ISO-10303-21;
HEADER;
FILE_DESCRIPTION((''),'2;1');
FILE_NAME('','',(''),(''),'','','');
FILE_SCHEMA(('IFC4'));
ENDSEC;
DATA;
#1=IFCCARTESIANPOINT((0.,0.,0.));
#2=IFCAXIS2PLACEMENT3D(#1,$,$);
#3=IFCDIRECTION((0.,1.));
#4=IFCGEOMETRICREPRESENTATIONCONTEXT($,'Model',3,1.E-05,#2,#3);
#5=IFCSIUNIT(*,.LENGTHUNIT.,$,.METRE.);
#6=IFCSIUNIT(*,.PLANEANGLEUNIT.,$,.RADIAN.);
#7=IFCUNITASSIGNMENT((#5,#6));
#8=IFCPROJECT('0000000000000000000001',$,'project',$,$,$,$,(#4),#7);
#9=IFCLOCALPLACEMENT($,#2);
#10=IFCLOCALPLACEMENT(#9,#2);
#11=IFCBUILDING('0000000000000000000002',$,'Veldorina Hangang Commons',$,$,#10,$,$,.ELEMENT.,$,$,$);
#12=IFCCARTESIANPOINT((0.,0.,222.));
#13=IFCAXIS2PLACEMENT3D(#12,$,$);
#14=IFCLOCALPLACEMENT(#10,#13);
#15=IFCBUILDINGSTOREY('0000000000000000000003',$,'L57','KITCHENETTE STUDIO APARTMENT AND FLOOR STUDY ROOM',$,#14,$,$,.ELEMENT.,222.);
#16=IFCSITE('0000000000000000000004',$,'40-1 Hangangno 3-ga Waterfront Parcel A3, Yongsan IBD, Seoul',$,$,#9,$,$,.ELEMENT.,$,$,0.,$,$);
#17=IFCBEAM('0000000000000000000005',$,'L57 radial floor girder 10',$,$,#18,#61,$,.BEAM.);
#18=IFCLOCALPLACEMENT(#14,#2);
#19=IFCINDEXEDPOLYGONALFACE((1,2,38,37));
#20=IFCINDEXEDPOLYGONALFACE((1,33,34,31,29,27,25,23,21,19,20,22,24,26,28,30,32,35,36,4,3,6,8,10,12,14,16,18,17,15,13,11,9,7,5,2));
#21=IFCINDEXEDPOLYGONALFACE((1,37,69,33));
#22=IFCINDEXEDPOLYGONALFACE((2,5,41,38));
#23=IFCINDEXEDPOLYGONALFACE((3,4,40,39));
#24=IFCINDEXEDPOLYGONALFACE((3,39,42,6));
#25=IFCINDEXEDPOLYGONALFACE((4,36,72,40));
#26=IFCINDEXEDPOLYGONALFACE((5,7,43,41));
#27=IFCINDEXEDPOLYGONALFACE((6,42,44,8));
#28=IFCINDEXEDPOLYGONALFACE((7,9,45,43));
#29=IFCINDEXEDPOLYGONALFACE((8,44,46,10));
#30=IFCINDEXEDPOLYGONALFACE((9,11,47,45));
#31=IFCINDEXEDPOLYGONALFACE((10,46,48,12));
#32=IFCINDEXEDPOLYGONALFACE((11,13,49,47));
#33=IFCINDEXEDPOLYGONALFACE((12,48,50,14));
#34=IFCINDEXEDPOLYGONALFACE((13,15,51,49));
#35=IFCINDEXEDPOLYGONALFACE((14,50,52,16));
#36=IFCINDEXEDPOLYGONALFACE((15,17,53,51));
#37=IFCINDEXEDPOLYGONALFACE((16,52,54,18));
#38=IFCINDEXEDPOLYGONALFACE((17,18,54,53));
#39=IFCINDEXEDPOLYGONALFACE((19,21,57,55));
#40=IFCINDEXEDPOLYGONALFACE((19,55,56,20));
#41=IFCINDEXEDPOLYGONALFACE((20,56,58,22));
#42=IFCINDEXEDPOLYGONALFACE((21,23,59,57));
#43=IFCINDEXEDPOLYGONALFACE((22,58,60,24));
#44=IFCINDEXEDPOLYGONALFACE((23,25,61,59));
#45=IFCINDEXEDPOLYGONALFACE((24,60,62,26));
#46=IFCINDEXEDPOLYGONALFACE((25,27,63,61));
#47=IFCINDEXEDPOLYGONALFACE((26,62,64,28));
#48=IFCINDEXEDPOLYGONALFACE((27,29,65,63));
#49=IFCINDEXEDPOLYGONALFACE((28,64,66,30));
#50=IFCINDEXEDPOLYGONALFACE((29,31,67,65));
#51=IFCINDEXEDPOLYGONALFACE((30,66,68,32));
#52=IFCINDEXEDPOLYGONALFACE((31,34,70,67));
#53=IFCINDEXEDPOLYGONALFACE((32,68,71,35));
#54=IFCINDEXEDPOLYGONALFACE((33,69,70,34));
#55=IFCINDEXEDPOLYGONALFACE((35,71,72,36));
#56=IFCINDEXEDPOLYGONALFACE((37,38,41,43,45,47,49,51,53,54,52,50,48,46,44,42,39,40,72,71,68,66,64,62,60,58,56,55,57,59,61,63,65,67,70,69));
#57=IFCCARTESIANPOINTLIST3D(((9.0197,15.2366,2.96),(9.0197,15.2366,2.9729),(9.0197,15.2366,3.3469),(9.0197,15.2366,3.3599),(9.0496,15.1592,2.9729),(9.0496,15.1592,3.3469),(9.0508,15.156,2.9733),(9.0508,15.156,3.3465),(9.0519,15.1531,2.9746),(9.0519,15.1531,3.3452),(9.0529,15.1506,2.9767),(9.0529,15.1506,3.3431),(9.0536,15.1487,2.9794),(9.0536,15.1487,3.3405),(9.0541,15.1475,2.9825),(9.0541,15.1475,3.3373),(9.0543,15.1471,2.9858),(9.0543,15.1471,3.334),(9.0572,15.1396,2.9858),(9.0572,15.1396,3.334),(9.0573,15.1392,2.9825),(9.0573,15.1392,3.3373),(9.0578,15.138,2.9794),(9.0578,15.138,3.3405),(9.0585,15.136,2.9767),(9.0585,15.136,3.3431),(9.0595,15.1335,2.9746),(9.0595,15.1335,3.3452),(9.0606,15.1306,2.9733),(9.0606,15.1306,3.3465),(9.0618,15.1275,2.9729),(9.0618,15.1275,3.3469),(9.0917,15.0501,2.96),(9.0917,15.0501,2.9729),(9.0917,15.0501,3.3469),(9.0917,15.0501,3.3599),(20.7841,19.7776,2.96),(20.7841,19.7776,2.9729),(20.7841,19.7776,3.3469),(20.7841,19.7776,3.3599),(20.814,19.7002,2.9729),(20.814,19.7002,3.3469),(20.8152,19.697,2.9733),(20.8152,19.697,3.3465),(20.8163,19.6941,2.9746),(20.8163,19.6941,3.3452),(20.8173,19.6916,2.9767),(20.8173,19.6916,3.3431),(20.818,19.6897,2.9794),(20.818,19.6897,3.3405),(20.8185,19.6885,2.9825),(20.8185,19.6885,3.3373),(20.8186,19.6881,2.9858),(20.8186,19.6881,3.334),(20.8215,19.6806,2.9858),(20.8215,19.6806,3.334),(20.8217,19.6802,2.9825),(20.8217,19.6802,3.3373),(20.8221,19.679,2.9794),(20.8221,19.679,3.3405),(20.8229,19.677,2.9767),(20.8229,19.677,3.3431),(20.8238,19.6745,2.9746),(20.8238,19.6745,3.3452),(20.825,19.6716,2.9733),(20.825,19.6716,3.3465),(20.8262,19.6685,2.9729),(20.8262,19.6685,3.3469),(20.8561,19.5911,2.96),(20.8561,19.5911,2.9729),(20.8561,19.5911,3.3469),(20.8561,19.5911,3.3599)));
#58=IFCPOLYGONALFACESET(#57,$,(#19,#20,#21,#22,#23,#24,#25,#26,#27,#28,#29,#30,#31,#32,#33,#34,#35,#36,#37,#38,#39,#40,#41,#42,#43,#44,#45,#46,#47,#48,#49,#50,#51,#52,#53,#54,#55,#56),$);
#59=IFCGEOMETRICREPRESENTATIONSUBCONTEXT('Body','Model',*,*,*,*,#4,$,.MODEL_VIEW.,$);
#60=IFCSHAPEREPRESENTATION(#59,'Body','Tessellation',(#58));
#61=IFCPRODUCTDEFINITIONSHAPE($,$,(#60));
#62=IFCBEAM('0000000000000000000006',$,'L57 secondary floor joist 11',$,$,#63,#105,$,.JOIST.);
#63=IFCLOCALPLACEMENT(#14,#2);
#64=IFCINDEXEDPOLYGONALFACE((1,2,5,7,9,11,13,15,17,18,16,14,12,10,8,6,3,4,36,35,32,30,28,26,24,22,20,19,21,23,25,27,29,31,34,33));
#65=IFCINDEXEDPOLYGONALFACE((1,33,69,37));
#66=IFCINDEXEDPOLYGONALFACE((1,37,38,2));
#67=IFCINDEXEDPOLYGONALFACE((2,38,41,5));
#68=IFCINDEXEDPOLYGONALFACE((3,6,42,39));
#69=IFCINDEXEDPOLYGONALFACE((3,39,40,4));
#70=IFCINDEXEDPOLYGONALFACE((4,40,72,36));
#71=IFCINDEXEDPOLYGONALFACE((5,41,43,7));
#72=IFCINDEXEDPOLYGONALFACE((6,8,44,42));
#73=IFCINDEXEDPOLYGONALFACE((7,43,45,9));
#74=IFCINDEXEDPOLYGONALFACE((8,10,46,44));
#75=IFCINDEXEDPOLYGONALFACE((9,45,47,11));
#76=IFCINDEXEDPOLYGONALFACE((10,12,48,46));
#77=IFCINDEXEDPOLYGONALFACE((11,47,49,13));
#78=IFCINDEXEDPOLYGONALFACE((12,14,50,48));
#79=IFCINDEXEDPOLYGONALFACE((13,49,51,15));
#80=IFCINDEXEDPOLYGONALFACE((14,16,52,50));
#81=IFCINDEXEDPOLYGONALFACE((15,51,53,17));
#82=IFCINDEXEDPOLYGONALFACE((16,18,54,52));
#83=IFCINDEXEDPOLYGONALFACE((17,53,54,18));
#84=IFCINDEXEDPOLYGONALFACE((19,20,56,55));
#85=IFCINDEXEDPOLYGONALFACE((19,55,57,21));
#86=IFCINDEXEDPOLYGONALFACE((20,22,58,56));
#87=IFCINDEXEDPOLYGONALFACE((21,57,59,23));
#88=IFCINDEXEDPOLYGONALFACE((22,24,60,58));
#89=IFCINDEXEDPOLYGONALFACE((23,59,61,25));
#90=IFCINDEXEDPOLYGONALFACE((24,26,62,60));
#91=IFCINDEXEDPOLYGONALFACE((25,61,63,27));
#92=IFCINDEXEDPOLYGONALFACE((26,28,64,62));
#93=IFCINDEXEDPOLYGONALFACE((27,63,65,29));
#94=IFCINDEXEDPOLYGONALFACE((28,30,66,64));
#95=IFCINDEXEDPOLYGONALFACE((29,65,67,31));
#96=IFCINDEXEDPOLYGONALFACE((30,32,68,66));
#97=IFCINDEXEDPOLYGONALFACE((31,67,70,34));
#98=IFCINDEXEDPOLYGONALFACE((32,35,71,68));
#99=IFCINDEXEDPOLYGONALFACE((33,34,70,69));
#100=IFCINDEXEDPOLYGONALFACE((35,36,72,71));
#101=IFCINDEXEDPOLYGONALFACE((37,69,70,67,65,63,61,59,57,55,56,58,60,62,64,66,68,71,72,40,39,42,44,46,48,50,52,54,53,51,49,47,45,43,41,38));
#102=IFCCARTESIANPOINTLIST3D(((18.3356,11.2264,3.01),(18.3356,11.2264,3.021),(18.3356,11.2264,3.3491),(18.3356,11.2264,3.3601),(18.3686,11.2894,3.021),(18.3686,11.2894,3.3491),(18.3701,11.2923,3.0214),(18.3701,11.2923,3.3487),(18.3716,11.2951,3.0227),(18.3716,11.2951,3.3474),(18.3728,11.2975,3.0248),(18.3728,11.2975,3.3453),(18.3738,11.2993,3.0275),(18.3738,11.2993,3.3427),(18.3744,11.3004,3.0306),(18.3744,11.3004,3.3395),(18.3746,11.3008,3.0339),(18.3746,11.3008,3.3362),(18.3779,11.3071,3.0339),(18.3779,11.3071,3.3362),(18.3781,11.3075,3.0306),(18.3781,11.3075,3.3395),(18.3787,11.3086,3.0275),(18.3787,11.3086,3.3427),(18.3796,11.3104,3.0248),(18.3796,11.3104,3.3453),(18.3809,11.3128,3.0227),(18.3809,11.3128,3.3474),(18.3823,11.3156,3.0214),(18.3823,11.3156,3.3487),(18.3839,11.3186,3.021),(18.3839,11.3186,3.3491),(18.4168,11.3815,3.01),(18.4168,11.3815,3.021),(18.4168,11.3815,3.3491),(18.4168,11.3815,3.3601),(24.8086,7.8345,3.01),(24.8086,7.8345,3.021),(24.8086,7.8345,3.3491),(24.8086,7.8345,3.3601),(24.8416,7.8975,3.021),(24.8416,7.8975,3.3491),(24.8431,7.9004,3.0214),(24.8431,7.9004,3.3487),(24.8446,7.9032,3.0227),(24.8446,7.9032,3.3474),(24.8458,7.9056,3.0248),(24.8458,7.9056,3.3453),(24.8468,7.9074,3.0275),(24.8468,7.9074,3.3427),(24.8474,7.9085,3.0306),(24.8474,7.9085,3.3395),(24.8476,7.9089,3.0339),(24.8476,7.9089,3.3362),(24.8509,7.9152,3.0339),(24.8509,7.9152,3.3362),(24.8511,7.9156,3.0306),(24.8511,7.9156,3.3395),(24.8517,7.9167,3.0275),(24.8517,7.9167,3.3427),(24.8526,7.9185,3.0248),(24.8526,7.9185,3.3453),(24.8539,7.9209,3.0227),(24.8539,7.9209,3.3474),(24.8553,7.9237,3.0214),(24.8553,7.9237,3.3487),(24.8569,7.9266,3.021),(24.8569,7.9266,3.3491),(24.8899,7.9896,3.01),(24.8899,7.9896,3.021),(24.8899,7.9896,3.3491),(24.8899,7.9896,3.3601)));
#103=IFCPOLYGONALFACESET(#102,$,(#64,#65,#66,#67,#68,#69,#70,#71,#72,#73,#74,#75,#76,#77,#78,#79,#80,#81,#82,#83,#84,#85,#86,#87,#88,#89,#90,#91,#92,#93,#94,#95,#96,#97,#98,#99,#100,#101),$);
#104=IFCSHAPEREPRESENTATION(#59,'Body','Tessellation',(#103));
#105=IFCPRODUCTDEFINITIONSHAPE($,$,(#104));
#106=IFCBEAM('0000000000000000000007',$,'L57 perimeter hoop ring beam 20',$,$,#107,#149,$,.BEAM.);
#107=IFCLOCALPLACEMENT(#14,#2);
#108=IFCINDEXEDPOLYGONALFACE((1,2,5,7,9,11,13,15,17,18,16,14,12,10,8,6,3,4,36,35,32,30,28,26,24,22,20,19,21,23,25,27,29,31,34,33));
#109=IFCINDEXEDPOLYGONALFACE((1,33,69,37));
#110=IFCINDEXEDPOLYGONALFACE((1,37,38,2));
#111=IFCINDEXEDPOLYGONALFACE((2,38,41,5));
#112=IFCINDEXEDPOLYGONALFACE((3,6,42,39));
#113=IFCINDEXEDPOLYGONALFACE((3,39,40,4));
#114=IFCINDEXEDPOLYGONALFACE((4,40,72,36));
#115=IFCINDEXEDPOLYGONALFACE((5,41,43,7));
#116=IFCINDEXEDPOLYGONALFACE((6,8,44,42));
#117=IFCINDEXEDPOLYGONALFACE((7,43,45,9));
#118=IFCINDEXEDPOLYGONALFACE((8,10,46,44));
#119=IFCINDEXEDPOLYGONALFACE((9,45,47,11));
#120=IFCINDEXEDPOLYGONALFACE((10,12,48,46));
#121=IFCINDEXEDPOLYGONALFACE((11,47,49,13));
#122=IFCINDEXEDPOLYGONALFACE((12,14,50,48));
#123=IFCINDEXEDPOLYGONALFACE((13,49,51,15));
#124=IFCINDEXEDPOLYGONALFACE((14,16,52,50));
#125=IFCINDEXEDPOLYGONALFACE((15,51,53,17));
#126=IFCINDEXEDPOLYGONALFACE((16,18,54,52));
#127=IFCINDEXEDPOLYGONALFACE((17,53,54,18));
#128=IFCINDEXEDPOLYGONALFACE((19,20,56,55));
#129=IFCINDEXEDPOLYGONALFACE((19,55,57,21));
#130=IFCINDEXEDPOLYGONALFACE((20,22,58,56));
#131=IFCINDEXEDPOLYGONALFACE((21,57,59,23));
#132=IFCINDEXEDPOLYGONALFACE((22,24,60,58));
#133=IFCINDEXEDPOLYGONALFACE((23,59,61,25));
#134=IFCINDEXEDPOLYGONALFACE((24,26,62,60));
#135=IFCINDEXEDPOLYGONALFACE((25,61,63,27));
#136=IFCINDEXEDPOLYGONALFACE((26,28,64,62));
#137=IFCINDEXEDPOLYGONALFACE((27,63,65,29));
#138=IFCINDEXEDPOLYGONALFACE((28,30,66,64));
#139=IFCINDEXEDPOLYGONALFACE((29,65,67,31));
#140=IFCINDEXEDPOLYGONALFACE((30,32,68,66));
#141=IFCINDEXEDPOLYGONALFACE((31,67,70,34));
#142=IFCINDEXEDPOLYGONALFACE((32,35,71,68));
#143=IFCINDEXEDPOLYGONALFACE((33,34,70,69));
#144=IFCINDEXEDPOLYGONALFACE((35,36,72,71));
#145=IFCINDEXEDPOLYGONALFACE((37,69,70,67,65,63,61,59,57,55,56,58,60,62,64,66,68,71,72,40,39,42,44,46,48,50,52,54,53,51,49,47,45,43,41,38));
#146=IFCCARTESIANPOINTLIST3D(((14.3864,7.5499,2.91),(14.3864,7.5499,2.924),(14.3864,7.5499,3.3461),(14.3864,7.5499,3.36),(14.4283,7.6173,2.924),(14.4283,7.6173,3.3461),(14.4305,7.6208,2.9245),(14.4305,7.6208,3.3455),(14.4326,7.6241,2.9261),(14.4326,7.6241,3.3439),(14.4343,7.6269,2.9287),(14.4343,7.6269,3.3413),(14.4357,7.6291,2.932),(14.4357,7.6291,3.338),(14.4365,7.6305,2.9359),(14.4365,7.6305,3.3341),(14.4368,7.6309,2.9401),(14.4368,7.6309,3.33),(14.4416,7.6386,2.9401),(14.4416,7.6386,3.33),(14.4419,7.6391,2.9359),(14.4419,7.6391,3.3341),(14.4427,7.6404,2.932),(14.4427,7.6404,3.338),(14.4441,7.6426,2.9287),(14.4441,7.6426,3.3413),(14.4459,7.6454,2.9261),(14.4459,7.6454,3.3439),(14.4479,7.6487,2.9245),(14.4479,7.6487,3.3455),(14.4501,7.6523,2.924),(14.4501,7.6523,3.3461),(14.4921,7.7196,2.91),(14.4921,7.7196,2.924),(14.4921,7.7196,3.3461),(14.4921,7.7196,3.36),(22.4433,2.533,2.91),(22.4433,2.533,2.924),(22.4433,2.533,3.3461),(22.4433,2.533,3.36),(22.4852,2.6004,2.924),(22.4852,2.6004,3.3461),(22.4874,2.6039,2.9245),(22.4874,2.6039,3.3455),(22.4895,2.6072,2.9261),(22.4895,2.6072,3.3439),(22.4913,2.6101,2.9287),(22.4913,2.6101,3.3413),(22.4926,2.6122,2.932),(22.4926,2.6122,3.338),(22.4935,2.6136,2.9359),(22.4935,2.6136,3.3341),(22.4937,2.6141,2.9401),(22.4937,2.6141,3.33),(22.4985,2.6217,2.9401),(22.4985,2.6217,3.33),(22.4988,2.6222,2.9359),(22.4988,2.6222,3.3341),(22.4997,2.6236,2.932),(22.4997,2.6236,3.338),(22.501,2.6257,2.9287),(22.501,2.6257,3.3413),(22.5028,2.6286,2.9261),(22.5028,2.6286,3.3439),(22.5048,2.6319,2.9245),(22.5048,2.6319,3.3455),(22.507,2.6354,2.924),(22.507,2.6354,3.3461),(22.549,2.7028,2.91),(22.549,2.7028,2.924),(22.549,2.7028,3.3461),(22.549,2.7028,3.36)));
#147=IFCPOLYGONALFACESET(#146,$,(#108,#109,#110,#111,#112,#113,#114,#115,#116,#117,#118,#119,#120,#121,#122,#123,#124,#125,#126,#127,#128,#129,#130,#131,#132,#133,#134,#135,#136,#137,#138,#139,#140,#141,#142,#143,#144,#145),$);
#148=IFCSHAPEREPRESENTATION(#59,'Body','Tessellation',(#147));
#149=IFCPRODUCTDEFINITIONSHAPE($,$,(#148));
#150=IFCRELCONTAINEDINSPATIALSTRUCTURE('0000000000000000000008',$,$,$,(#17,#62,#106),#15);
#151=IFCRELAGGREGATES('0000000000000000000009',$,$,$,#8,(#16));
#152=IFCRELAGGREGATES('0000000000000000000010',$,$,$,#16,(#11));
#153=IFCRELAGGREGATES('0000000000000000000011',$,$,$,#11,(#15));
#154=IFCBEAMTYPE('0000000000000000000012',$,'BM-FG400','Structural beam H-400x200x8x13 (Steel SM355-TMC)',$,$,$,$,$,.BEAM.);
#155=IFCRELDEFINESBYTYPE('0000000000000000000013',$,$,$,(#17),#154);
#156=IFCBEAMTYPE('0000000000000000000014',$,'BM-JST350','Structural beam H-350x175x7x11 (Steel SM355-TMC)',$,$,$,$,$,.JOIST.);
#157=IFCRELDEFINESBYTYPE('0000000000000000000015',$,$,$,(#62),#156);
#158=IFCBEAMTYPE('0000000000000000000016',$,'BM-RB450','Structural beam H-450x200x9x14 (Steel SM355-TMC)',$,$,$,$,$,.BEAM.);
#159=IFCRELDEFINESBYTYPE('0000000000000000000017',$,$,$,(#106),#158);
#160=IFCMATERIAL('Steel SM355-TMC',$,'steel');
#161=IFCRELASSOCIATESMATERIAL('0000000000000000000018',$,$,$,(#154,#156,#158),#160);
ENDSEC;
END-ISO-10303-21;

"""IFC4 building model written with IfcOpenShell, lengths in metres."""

from ifc_helpers import new_model, si_unit, direction, frame, origin, origin_2d, place, context, subcontext, project, spatial, i_section, extrude, material, material_profile, profile_set, type_object, element, save


model = new_model("IFC4")

# Units and contexts
model_context = context("Model", 3, precision=1e-05, world=origin(), true_north=direction((0.0, 1.0)))
body_context = subcontext(model_context, "Body", "Model", "MODEL_VIEW")
ifc_project = project(units=[si_unit("LENGTHUNIT", "METRE"), si_unit("PLANEANGLEUNIT", "RADIAN")], contexts=[model_context])

# Site, building, storey
site_placement = place(None, origin())
site = spatial("IfcSite", under=ifc_project, at=site_placement, Name="40-1 Hangangno 3-ga Waterfront Parcel A3, Yongsan IBD, Seoul", CompositionType="ELEMENT", RefElevation=0.0)
building_placement = place(site_placement, origin())
building = spatial("IfcBuilding", under=site, at=building_placement, Name="Veldorina Hangang Commons", CompositionType="ELEMENT")
storey_placement = place(building_placement, frame((0.0, 0.0, 222.0)))
storey = spatial("IfcBuildingStorey", under=building, at=storey_placement, Name="L57", Description="KITCHENETTE STUDIO APARTMENT AND FLOOR STUDY ROOM", CompositionType="ELEMENT", Elevation=222.0)

# Beams
ifc_material_1 = material(Name="Steel SM355-TMC", Category="steel")
ifc_material_profile_1 = material_profile(ifc_material_1, i_section(OverallWidth=0.2, OverallDepth=0.3999, WebThickness=0.0081, FlangeThickness=0.0129, FilletRadius=0.0129, at=origin_2d()), Name="H-400x200x8x13")
ifc_profile_set_1 = profile_set([ifc_material_profile_1], Name="Steel SM355-TMC")
beam_type_1 = type_object("IfcBeamType", Name="BM-FG400", Description="Structural beam H-400x200x8x13 (Steel SM355-TMC)", PredefinedType="BEAM", material=ifc_profile_set_1)
beam_1_placement = place(storey_placement, frame((20.8201, 19.6843, 3.1599), z_axis=(-0.932913, -0.360101, 0.0), x_axis=(0.360101, -0.932913, 0.0)))
element("IfcBeam", 1, at=beam_1_placement, inside=storey, type_object=beam_type_1, Name="L57 radial floor girder 10", PredefinedType="BEAM", context=body_context, shape_type="SweptSolid", body=[
    extrude(i_section(OverallWidth=0.2, OverallDepth=0.3999, WebThickness=0.0081, FlangeThickness=0.0129, FilletRadius=0.0129, at=origin_2d()), origin(), (0.0, 0.0, 1.0), 12.6104),
])
ifc_material_profile_2 = material_profile(ifc_material_1, i_section(OverallWidth=0.175, OverallDepth=0.3501, WebThickness=0.0071, FlangeThickness=0.011, FilletRadius=0.0129, at=origin_2d()), Name="H-350x175x7x11")
ifc_profile_set_2 = profile_set([ifc_material_profile_2], Name="Steel SM355-TMC")
beam_type_2 = type_object("IfcBeamType", Name="BM-JST350", Description="Structural beam H-350x175x7x11 (Steel SM355-TMC)", PredefinedType="JOIST", material=ifc_profile_set_2)
beam_2_placement = place(storey_placement, frame((18.3762, 11.304, 3.1851), z_axis=(0.88576, -0.464144, 0.0), x_axis=(0.464144, 0.88576, 0.0)))
element("IfcBeam", 2, at=beam_2_placement, inside=storey, type_object=beam_type_2, Name="L57 secondary floor joist 11", PredefinedType="JOIST", context=body_context, shape_type="SweptSolid", body=[
    extrude(i_section(OverallWidth=0.175, OverallDepth=0.3501, WebThickness=0.0071, FlangeThickness=0.011, FilletRadius=0.0129, at=origin_2d()), origin(), (0.0, 0.0, 1.0), 7.3079),
])
ifc_material_profile_3 = material_profile(ifc_material_1, i_section(OverallWidth=0.2, OverallDepth=0.45, WebThickness=0.009, FlangeThickness=0.0139, FilletRadius=0.0161, at=origin_2d()), Name="H-450x200x9x14")
ifc_profile_set_3 = profile_set([ifc_material_profile_3], Name="Steel SM355-TMC")
beam_type_3 = type_object("IfcBeamType", Name="BM-RB450", Description="Structural beam H-450x200x9x14 (Steel SM355-TMC)", PredefinedType="BEAM", material=ifc_profile_set_3)
beam_3_placement = place(storey_placement, frame((14.4392, 7.6348, 3.135), z_axis=(0.848883, -0.528581, 0.0), x_axis=(0.528581, 0.848883, 0.0)))
element("IfcBeam", 3, at=beam_3_placement, inside=storey, type_object=beam_type_3, Name="L57 perimeter hoop ring beam 20", PredefinedType="BEAM", context=body_context, shape_type="SweptSolid", body=[
    extrude(i_section(OverallWidth=0.2, OverallDepth=0.45, WebThickness=0.009, FlangeThickness=0.0139, FilletRadius=0.0161, at=origin_2d()), origin(), (0.0, 0.0, 1.0), 9.4912),
])

save(model, "model.ifc")
